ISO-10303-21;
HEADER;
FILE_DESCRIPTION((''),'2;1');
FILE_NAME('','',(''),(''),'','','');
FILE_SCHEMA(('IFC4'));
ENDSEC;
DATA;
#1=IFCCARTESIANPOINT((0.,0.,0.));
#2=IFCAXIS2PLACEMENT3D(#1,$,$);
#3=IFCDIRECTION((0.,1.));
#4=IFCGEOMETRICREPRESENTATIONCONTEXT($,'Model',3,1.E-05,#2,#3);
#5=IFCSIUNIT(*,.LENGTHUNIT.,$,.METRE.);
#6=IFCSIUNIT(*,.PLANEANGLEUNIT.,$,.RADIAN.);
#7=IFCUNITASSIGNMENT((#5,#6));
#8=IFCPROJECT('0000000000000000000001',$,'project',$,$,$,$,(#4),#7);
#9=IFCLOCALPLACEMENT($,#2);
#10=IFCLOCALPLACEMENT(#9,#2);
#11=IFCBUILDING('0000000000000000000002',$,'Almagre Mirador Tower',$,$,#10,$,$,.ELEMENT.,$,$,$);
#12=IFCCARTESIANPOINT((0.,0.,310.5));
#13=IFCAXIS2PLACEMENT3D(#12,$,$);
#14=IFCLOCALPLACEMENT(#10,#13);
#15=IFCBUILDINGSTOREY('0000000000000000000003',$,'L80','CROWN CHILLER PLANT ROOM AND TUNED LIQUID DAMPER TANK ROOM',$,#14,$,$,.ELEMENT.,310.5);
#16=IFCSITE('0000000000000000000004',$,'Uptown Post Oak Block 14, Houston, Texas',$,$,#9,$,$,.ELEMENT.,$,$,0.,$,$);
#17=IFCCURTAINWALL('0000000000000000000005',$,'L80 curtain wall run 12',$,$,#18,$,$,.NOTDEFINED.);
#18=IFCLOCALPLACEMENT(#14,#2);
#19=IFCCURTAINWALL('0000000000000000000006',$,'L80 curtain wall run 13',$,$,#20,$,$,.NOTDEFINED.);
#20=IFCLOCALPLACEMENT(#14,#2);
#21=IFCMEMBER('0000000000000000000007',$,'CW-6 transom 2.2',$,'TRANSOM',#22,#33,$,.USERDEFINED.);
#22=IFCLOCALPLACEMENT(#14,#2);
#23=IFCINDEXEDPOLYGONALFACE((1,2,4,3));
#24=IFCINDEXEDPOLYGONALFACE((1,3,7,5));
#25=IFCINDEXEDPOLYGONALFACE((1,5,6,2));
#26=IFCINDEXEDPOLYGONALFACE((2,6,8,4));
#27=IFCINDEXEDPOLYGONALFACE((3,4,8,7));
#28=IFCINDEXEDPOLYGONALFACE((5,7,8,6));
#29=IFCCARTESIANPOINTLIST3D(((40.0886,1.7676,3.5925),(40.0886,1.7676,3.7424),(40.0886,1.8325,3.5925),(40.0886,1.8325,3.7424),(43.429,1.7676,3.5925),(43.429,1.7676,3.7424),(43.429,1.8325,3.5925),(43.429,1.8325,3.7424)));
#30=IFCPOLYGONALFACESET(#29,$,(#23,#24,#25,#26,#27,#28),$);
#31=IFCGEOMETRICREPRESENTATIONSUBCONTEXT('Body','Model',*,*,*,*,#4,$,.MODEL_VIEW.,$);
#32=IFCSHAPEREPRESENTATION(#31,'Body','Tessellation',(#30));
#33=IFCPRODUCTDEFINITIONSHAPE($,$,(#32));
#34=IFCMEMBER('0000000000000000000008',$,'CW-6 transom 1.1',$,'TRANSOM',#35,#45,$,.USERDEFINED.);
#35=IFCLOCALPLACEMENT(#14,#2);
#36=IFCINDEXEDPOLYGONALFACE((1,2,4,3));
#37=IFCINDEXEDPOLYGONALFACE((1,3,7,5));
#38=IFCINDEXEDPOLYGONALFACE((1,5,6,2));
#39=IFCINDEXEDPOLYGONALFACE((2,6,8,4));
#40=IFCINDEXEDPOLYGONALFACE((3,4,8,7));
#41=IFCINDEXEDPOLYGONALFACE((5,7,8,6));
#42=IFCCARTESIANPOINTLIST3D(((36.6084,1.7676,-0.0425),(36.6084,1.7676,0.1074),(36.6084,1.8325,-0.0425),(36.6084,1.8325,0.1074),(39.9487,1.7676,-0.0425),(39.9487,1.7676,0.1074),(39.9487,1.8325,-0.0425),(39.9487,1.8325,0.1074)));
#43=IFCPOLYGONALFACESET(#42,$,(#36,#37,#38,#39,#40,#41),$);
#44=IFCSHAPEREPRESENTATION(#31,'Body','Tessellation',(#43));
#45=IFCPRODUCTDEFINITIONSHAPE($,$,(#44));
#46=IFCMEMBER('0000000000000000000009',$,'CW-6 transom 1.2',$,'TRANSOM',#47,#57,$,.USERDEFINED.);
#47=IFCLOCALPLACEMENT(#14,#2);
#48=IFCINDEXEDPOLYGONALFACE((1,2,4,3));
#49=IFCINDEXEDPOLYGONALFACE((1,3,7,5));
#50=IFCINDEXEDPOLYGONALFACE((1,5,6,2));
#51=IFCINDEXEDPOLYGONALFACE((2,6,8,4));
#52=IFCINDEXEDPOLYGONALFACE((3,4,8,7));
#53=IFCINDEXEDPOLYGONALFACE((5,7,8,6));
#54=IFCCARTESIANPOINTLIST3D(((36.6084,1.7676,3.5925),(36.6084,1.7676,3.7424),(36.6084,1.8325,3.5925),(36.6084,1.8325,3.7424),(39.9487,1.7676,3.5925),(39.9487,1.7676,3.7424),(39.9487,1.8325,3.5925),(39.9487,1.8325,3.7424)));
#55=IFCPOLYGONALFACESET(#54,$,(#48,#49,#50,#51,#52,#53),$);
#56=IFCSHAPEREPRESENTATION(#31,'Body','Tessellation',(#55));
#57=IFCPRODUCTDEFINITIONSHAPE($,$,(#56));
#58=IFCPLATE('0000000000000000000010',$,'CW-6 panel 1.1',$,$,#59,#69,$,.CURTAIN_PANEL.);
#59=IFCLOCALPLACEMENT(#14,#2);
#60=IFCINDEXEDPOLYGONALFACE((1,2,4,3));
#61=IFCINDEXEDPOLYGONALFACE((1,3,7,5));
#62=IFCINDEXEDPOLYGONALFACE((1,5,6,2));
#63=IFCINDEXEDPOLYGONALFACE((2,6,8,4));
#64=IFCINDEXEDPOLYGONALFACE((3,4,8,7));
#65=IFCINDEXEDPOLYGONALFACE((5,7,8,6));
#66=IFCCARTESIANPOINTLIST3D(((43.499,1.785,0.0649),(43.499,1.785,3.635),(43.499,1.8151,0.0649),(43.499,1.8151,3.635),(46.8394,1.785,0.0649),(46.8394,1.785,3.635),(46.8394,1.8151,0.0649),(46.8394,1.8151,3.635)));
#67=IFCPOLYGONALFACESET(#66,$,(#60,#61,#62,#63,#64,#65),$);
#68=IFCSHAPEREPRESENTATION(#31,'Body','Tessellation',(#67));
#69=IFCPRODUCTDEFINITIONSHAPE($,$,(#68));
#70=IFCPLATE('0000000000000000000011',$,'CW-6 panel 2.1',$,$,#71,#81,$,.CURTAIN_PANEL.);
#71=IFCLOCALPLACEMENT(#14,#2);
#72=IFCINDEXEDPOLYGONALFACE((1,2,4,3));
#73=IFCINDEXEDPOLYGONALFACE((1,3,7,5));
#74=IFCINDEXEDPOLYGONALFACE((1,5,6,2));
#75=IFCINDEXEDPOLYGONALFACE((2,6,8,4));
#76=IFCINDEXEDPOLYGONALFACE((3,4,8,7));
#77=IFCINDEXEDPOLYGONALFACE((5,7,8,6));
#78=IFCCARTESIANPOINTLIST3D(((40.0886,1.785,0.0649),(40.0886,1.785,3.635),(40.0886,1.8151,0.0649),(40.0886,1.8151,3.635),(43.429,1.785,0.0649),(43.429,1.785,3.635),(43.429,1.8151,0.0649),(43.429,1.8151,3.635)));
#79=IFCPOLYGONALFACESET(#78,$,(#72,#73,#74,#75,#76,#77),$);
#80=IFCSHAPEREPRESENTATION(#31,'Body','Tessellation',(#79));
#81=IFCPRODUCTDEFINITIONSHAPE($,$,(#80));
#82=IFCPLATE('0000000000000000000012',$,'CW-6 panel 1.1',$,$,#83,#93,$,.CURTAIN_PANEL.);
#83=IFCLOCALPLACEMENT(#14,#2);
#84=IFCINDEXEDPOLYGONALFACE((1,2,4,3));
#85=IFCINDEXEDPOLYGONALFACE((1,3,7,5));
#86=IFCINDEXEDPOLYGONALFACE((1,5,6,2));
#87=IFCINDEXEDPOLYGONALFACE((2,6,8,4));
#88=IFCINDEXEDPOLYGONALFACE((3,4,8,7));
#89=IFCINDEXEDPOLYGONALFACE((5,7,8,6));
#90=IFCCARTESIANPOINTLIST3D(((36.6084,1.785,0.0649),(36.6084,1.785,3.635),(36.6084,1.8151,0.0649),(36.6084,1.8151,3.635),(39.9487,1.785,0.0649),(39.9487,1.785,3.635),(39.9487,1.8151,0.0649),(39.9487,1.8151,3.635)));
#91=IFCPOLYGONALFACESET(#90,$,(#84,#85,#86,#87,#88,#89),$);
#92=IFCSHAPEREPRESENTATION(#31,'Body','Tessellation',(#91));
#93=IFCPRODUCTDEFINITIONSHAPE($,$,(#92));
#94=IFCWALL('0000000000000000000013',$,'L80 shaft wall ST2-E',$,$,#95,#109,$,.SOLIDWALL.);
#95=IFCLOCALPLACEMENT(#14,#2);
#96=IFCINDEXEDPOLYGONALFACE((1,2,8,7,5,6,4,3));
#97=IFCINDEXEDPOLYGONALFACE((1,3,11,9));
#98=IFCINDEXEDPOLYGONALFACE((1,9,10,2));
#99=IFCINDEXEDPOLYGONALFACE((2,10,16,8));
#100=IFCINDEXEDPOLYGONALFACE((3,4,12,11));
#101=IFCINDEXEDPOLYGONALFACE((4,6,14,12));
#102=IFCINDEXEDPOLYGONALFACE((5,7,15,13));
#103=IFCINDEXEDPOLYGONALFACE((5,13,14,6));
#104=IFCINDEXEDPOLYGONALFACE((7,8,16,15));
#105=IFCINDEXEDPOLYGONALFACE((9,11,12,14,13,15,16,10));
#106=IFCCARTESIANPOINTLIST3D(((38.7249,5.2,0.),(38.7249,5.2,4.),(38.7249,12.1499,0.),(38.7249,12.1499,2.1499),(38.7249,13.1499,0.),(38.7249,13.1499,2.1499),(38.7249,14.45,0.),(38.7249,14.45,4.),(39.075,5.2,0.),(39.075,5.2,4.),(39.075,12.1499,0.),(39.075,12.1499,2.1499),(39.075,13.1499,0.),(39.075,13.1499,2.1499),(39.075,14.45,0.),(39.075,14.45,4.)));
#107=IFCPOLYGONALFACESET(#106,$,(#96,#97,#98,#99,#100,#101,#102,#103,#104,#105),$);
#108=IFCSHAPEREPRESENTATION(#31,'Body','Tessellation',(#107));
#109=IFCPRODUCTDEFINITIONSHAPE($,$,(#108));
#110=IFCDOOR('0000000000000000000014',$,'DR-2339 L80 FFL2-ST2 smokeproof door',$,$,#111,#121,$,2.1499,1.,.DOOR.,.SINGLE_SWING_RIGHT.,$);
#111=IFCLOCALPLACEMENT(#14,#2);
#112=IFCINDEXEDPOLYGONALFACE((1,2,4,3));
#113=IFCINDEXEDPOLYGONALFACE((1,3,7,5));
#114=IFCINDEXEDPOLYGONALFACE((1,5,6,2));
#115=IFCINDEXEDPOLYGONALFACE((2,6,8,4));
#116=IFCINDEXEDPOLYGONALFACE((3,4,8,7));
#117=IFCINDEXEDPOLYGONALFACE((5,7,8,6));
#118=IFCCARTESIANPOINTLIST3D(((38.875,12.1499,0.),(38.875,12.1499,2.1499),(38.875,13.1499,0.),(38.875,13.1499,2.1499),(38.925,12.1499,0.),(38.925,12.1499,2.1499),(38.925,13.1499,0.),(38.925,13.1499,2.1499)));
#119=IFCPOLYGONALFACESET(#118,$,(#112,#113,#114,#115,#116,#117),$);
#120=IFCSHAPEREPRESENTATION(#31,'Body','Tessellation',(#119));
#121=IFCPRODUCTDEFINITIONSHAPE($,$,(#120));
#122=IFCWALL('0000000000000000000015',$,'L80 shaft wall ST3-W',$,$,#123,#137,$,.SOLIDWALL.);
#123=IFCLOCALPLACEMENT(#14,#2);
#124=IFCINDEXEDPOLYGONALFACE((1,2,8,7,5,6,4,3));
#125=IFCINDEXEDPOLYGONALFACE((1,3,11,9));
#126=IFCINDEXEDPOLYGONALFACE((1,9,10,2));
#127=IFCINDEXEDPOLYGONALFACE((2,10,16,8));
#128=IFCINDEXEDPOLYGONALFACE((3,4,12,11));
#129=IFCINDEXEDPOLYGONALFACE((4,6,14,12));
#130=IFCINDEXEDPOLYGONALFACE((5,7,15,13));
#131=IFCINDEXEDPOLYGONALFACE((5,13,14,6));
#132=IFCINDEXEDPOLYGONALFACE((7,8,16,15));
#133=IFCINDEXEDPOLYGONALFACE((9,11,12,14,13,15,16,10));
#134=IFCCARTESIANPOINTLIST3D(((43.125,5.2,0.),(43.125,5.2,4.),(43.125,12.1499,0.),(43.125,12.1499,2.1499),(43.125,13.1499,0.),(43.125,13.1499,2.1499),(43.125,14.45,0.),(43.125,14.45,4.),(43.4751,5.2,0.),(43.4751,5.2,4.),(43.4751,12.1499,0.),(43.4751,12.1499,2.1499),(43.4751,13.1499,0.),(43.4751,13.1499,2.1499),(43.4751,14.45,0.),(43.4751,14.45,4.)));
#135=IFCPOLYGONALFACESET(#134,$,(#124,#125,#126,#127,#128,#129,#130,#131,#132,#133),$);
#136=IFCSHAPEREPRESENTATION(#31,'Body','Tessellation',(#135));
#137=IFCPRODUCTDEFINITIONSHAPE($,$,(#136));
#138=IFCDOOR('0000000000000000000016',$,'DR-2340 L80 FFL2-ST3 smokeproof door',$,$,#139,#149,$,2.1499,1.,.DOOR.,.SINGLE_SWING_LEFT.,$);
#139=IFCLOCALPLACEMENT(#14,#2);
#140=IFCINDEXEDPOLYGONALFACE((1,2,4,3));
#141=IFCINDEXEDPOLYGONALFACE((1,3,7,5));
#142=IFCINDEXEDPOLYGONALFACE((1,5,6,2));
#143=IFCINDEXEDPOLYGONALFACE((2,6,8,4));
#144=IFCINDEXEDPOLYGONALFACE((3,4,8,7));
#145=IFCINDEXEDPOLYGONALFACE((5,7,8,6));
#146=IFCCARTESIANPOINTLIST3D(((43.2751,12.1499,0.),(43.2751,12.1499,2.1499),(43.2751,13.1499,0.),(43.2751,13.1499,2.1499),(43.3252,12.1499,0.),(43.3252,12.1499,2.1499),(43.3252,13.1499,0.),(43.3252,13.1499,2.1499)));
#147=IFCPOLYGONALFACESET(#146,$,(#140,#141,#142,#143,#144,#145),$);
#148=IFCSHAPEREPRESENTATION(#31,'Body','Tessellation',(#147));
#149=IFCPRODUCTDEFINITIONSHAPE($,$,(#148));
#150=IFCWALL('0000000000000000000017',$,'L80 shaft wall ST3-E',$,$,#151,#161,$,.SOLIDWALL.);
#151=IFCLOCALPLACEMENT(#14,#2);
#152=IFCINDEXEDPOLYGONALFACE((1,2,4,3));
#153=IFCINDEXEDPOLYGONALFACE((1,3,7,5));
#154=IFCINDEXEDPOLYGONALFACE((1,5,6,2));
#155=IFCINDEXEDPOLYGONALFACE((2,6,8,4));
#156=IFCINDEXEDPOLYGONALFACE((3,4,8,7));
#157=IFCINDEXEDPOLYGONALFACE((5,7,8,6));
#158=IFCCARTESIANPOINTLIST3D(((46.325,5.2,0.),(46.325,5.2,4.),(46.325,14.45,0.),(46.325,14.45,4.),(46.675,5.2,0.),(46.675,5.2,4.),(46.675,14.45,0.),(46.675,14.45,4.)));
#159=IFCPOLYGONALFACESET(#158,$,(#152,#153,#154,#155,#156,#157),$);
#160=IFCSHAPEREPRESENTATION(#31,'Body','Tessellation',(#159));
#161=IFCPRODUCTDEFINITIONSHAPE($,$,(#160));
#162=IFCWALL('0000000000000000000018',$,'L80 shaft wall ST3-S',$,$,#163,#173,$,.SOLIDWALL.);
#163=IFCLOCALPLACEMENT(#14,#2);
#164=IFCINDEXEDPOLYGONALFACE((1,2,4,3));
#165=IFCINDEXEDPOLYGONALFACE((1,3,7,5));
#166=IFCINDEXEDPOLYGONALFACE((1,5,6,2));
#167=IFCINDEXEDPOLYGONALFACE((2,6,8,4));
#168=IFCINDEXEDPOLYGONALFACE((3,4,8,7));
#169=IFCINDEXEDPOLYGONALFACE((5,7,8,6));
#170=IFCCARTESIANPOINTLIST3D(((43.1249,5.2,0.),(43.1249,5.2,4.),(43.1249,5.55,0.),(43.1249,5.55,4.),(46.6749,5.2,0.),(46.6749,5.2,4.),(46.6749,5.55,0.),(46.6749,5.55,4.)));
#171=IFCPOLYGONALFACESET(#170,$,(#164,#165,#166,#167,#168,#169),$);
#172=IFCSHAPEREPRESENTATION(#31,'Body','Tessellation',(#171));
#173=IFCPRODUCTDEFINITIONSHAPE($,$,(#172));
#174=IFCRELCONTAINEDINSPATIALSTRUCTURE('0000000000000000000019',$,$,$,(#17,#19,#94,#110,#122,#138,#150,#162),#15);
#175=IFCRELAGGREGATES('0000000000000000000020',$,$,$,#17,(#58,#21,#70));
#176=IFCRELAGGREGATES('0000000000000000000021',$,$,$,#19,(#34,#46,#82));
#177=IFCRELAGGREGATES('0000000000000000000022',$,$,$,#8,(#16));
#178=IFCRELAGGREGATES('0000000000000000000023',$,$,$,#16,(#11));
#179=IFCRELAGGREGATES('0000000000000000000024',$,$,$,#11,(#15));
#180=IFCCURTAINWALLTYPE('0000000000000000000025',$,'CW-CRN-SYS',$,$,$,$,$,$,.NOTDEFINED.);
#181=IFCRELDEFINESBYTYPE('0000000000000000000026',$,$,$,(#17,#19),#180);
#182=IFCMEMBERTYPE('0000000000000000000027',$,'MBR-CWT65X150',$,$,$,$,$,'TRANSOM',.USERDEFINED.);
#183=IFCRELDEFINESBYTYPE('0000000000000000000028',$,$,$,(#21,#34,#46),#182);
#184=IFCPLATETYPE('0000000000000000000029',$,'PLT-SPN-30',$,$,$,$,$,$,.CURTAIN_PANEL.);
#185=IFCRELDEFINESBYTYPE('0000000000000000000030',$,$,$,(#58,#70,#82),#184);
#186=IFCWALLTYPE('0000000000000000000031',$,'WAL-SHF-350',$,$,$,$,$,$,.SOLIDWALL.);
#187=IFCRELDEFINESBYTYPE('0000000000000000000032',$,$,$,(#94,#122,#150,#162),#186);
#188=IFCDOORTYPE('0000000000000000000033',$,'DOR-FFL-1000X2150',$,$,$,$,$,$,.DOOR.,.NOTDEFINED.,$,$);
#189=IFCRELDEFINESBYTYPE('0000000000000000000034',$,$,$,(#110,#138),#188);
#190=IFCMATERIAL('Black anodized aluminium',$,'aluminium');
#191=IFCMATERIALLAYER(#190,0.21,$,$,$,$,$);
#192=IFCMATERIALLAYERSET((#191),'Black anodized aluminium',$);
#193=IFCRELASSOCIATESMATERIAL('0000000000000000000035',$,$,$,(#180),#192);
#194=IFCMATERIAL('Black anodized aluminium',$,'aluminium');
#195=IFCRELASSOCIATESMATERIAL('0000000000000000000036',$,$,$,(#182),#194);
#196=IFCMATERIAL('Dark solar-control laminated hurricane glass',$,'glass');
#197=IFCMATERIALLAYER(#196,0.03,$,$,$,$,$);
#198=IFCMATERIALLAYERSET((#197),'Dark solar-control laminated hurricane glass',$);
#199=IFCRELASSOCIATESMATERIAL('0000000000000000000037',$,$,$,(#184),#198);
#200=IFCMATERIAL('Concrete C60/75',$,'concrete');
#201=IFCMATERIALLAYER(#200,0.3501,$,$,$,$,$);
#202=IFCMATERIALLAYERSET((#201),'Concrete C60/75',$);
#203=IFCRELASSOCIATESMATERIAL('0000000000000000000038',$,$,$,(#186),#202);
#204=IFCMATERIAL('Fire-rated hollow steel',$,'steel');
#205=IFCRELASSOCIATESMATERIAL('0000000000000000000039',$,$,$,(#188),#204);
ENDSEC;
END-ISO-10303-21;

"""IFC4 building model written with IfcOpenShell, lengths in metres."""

from ifc_helpers import new_model, si_unit, direction, frame, frame_2d, origin, origin_2d, place, context, subcontext, project, spatial, rectangle, extrude, material, layer, layer_set, material_profile, profile_set, type_object, element, fill, aggregate, save


model = new_model("IFC4")

# Units and contexts
model_context = context("Model", 3, precision=1e-05, world=origin(), true_north=direction((0.0, 1.0)))
body_context = subcontext(model_context, "Body", "Model", "MODEL_VIEW")
ifc_project = project(units=[si_unit("LENGTHUNIT", "METRE"), si_unit("PLANEANGLEUNIT", "RADIAN")], contexts=[model_context])

# Site, building, storey
site_placement = place(None, origin())
site = spatial("IfcSite", under=ifc_project, at=site_placement, Name="Uptown Post Oak Block 14, Houston, Texas", CompositionType="ELEMENT", RefElevation=0.0)
building_placement = place(site_placement, origin())
building = spatial("IfcBuilding", under=site, at=building_placement, Name="Almagre Mirador Tower", CompositionType="ELEMENT")
storey_placement = place(building_placement, frame((0.0, 0.0, 310.5)))
storey = spatial("IfcBuildingStorey", under=building, at=storey_placement, Name="L80", Description="CROWN CHILLER PLANT ROOM AND TUNED LIQUID DAMPER TANK ROOM", CompositionType="ELEMENT", Elevation=310.5)

# Curtain walls
ifc_material_1 = material(Name="Black anodized aluminium", Category="aluminium")
ifc_layer_1 = layer(ifc_material_1, 0.21)
ifc_layer_set_1 = layer_set([ifc_layer_1], Name="Black anodized aluminium")
curtain_wall_type = type_object("IfcCurtainWallType", Name="CW-CRN-SYS", PredefinedType="NOTDEFINED", material=ifc_layer_set_1)
curtain_wall_1_placement = place(storey_placement, origin())
curtain_wall_1 = element("IfcCurtainWall", 1, at=curtain_wall_1_placement, inside=storey, type_object=curtain_wall_type, Name="L80 curtain wall run 12", PredefinedType="NOTDEFINED")
curtain_wall_2_placement = place(storey_placement, origin())
curtain_wall_2 = element("IfcCurtainWall", 2, at=curtain_wall_2_placement, inside=storey, type_object=curtain_wall_type, Name="L80 curtain wall run 13", PredefinedType="NOTDEFINED")

# Members
ifc_material_2 = material(Name="Black anodized aluminium", Category="aluminium")
ifc_material_profile_1 = material_profile(ifc_material_2, rectangle(XDim=0.0649, YDim=0.1499, at=origin_2d()), Name="CWT65X150")
ifc_profile_set_1 = profile_set([ifc_material_profile_1], Name="Black anodized aluminium")
member_type_1 = type_object("IfcMemberType", Name="MBR-CWT65X150", ElementType="TRANSOM", PredefinedType="USERDEFINED", material=ifc_profile_set_1)
member_1_placement = place(storey_placement, frame((43.429, 1.8, 3.6675), z_axis=(-1.0, 0.0, 0.0), x_axis=(0.0, -1.0, 0.0)))
member_1 = element("IfcMember", 3, at=member_1_placement, type_object=member_type_1, Name="CW-6 transom 2.2", ObjectType="TRANSOM", PredefinedType="USERDEFINED", context=body_context, shape_type="SweptSolid", body=[
    extrude(rectangle(XDim=0.0649, YDim=0.1499, at=origin_2d()), origin(), (0.0, 0.0, 1.0), 3.3403),
])
member_2_placement = place(storey_placement, frame((39.9487, 1.8, 0.0325), z_axis=(-1.0, 0.0, 0.0), x_axis=(0.0, -1.0, 0.0)))
member_2 = element("IfcMember", 4, at=member_2_placement, type_object=member_type_1, Name="CW-6 transom 1.1", ObjectType="TRANSOM", PredefinedType="USERDEFINED", context=body_context, shape_type="SweptSolid", body=[
    extrude(rectangle(XDim=0.0649, YDim=0.1499, at=origin_2d()), origin(), (0.0, 0.0, 1.0), 3.3403),
])
member_3_placement = place(storey_placement, frame((39.9487, 1.8, 3.6675), z_axis=(-1.0, 0.0, 0.0), x_axis=(0.0, -1.0, 0.0)))
member_3 = element("IfcMember", 5, at=member_3_placement, type_object=member_type_1, Name="CW-6 transom 1.2", ObjectType="TRANSOM", PredefinedType="USERDEFINED", context=body_context, shape_type="SweptSolid", body=[
    extrude(rectangle(XDim=0.0649, YDim=0.1499, at=origin_2d()), origin(), (0.0, 0.0, 1.0), 3.3403),
])

# Plates
ifc_material_3 = material(Name="Dark solar-control laminated hurricane glass", Category="glass")
ifc_layer_2 = layer(ifc_material_3, 0.03)
ifc_layer_set_2 = layer_set([ifc_layer_2], Name="Dark solar-control laminated hurricane glass")
plate_type = type_object("IfcPlateType", Name="PLT-SPN-30", PredefinedType="CURTAIN_PANEL", material=ifc_layer_set_2)
plate_1_placement = place(storey_placement, frame((45.1692, 1.8, 0.0649), z_axis=(0.0, 0.0, 1.0), x_axis=(-1.0, 0.0, 0.0)))
plate_1 = element("IfcPlate", 6, at=plate_1_placement, type_object=plate_type, Name="CW-6 panel 1.1", PredefinedType="CURTAIN_PANEL", context=body_context, shape_type="SweptSolid", body=[
    extrude(rectangle(XDim=3.3403, YDim=0.03, at=origin_2d()), origin(), (0.0, 0.0, 1.0), 3.5701),
])
plate_2_placement = place(storey_placement, frame((41.7588, 1.8, 0.0649), z_axis=(0.0, 0.0, 1.0), x_axis=(-1.0, 0.0, 0.0)))
plate_2 = element("IfcPlate", 7, at=plate_2_placement, type_object=plate_type, Name="CW-6 panel 2.1", PredefinedType="CURTAIN_PANEL", context=body_context, shape_type="SweptSolid", body=[
    extrude(rectangle(XDim=3.3403, YDim=0.03, at=origin_2d()), origin(), (0.0, 0.0, 1.0), 3.5701),
])
aggregate(curtain_wall_1, [plate_1, member_1, plate_2])
plate_3_placement = place(storey_placement, frame((38.2786, 1.8, 0.0649), z_axis=(0.0, 0.0, 1.0), x_axis=(-1.0, 0.0, 0.0)))
plate_3 = element("IfcPlate", 8, at=plate_3_placement, type_object=plate_type, Name="CW-6 panel 1.1", PredefinedType="CURTAIN_PANEL", context=body_context, shape_type="SweptSolid", body=[
    extrude(rectangle(XDim=3.3403, YDim=0.03, at=origin_2d()), origin(), (0.0, 0.0, 1.0), 3.5701),
])
aggregate(curtain_wall_2, [member_2, member_3, plate_3])

# Walls, openings, doors
ifc_material_4 = material(Name="Concrete C60/75", Category="concrete")
ifc_layer_3 = layer(ifc_material_4, 0.3501)
ifc_layer_set_3 = layer_set([ifc_layer_3], Name="Concrete C60/75")
wall_type = type_object("IfcWallType", Name="WAL-SHF-350", PredefinedType="SOLIDWALL", material=ifc_layer_set_3)
wall_1_placement = place(storey_placement, frame((38.8999, 5.2, 0.0), z_axis=(0.0, 0.0, 1.0), x_axis=(0.0, 1.0, 0.0)))
wall_1 = element("IfcWall", 9, at=wall_1_placement, inside=storey, type_object=wall_type, Name="L80 shaft wall ST2-E", PredefinedType="SOLIDWALL", context=body_context, shape_type="SweptSolid", body=[
    extrude(rectangle(XDim=9.25, YDim=0.3501, at=frame_2d((4.625, 0.0))), origin(), (0.0, 0.0, 1.0), 4.0),
])
opening_1_placement = place(wall_1_placement, frame((6.95, 0.0, 0.0)))
opening_1 = element("IfcOpeningElement", 10, at=opening_1_placement, cuts=wall_1, PredefinedType="OPENING", context=body_context, shape_type="SweptSolid", body=[
    extrude(rectangle(XDim=1.0, YDim=2.1499, at=frame_2d((0.5, 1.075))), frame((0.0, 0.185, 0.0), z_axis=(0.0, -1.0, 0.0), x_axis=(1.0, 0.0, 0.0)), (0.0, 0.0, 1.0), 0.3701),
])
ifc_material_5 = material(Name="Fire-rated hollow steel", Category="steel")
door_type_1 = type_object("IfcDoorType", Name="DOR-FFL-1000X2150", OperationType="NOTDEFINED", PredefinedType="DOOR", material=ifc_material_5)
door_1_placement = place(opening_1_placement, origin())
door_1 = element("IfcDoor", 11, at=door_1_placement, inside=storey, type_object=door_type_1, Name="DR-2339 L80 FFL2-ST2 smokeproof door", OperationType="SINGLE_SWING_RIGHT", OverallHeight=2.1499, OverallWidth=1.0, PredefinedType="DOOR", context=body_context, shape_type="SweptSolid", body=[
    extrude(rectangle(XDim=1.0, YDim=2.1499, at=frame_2d((0.5, 1.075))), frame((0.0, 0.0249, 0.0), z_axis=(0.0, -1.0, 0.0), x_axis=(1.0, 0.0, 0.0)), (0.0, 0.0, 1.0), 0.05),
])
fill(opening_1, door_1)
wall_2_placement = place(storey_placement, frame((43.3, 5.2, 0.0), z_axis=(0.0, 0.0, 1.0), x_axis=(0.0, 1.0, 0.0)))
wall_2 = element("IfcWall", 12, at=wall_2_placement, inside=storey, type_object=wall_type, Name="L80 shaft wall ST3-W", PredefinedType="SOLIDWALL", context=body_context, shape_type="SweptSolid", body=[
    extrude(rectangle(XDim=9.25, YDim=0.3501, at=frame_2d((4.625, 0.0))), origin(), (0.0, 0.0, 1.0), 4.0),
])
opening_2_placement = place(wall_2_placement, frame((6.95, 0.0, 0.0)))
opening_2 = element("IfcOpeningElement", 13, at=opening_2_placement, cuts=wall_2, PredefinedType="OPENING", context=body_context, shape_type="SweptSolid", body=[
    extrude(rectangle(XDim=1.0, YDim=2.1499, at=frame_2d((0.5, 1.075))), frame((0.0, 0.185, 0.0), z_axis=(0.0, -1.0, 0.0), x_axis=(1.0, 0.0, 0.0)), (0.0, 0.0, 1.0), 0.3701),
])
door_2_placement = place(opening_2_placement, origin())
door_2 = element("IfcDoor", 14, at=door_2_placement, inside=storey, type_object=door_type_1, Name="DR-2340 L80 FFL2-ST3 smokeproof door", OperationType="SINGLE_SWING_LEFT", OverallHeight=2.1499, OverallWidth=1.0, PredefinedType="DOOR", context=body_context, shape_type="SweptSolid", body=[
    extrude(rectangle(XDim=1.0, YDim=2.1499, at=frame_2d((0.5, 1.075))), frame((0.0, 0.0249, 0.0), z_axis=(0.0, -1.0, 0.0), x_axis=(1.0, 0.0, 0.0)), (0.0, 0.0, 1.0), 0.05),
])
fill(opening_2, door_2)

# Walls
wall_3_placement = place(storey_placement, frame((46.5, 5.2, 0.0), z_axis=(0.0, 0.0, 1.0), x_axis=(0.0, 1.0, 0.0)))
element("IfcWall", 15, at=wall_3_placement, inside=storey, type_object=wall_type, Name="L80 shaft wall ST3-E", PredefinedType="SOLIDWALL", context=body_context, shape_type="SweptSolid", body=[
    extrude(rectangle(XDim=9.25, YDim=0.3501, at=frame_2d((4.625, 0.0))), origin(), (0.0, 0.0, 1.0), 4.0),
])
wall_4_placement = place(storey_placement, frame((43.125, 5.375, 0.0), z_axis=(0.0, 0.0, 1.0), x_axis=(1.0, 0.0, 0.0)))
element("IfcWall", 16, at=wall_4_placement, inside=storey, type_object=wall_type, Name="L80 shaft wall ST3-S", PredefinedType="SOLIDWALL", context=body_context, shape_type="SweptSolid", body=[
    extrude(rectangle(XDim=3.55, YDim=0.3501, at=frame_2d((1.7749, 0.0))), origin(), (0.0, 0.0, 1.0), 4.0),
])

save(model, "model.ifc")
